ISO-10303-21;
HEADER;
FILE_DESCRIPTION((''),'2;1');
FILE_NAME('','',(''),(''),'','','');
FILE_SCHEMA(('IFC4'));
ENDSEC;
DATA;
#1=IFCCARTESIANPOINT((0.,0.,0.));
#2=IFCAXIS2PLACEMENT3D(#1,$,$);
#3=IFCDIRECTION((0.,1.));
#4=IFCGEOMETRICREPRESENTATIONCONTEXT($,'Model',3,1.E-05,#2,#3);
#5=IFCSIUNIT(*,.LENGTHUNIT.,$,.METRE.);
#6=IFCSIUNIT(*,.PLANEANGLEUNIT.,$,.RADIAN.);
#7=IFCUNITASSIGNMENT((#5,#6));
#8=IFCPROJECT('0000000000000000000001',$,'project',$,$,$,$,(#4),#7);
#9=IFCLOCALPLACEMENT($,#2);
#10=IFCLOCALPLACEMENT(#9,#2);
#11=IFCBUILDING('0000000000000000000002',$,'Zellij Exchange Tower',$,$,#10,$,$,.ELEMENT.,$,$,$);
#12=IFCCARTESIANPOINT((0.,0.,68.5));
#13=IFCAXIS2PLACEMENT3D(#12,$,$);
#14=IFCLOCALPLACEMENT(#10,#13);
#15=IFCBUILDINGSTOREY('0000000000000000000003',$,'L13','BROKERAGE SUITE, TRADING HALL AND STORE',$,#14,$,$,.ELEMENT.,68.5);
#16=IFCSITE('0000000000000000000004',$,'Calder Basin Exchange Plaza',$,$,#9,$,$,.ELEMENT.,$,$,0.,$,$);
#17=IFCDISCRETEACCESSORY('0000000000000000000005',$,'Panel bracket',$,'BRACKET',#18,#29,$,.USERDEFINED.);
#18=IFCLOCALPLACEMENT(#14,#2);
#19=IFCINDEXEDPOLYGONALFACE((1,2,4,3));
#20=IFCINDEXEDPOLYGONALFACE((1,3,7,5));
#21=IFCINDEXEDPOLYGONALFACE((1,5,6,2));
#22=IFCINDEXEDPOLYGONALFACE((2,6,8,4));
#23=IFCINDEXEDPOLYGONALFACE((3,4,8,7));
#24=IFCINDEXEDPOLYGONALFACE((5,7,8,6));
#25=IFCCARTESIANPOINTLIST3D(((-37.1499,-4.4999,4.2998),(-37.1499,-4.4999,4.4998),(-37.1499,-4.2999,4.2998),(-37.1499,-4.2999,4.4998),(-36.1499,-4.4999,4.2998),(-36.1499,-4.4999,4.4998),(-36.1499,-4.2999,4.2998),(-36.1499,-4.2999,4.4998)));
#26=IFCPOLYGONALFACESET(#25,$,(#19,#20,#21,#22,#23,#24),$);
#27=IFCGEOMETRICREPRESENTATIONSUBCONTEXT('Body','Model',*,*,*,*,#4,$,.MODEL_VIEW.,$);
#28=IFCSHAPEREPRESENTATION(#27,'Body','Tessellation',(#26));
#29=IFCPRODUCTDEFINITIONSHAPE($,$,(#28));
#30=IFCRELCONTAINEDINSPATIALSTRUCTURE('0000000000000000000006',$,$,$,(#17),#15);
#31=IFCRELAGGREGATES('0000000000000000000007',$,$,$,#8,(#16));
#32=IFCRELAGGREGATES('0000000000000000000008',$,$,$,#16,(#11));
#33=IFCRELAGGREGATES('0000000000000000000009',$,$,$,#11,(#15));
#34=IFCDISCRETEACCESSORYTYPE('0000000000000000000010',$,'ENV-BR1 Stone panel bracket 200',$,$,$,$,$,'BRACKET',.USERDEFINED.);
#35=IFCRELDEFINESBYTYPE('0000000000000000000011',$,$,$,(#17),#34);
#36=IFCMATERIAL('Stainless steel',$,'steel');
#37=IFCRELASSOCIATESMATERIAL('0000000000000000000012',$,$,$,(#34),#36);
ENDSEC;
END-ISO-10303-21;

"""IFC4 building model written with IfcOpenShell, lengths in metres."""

from ifc_helpers import new_model, si_unit, direction, frame, origin, origin_2d, place, context, subcontext, project, spatial, rectangle, extrude, material, type_object, element, save


model = new_model("IFC4")

# Units and contexts
model_context = context("Model", 3, precision=1e-05, world=origin(), true_north=direction((0.0, 1.0)))
body_context = subcontext(model_context, "Body", "Model", "MODEL_VIEW")
ifc_project = project(units=[si_unit("LENGTHUNIT", "METRE"), si_unit("PLANEANGLEUNIT", "RADIAN")], contexts=[model_context])

# Site, building, storey
site_placement = place(None, origin())
site = spatial("IfcSite", under=ifc_project, at=site_placement, Name="Calder Basin Exchange Plaza", CompositionType="ELEMENT", RefElevation=0.0)
building_placement = place(site_placement, origin())
building = spatial("IfcBuilding", under=site, at=building_placement, Name="Zellij Exchange Tower", CompositionType="ELEMENT")
storey_placement = place(building_placement, frame((0.0, 0.0, 68.5)))
storey = spatial("IfcBuildingStorey", under=building, at=storey_placement, Name="L13", Description="BROKERAGE SUITE, TRADING HALL AND STORE", CompositionType="ELEMENT", Elevation=68.5)

# Discrete accessory
ifc_material_1 = material(Name="Stainless steel", Category="steel")
discrete_accessory_type = type_object("IfcDiscreteAccessoryType", Name="ENV-BR1 Stone panel bracket 200", ElementType="BRACKET", PredefinedType="USERDEFINED", material=ifc_material_1)
for number, where, z_axis, x_axis, name in (
    (1, (-36.6499, -4.3999, 4.2998), (0.0, 0.0, 1.0), (0.0, -1.0, 0.0), "Panel bracket"),
):
    element("IfcDiscreteAccessory", number, at=place(storey_placement, frame(where, z_axis=z_axis, x_axis=x_axis)), inside=storey, type_object=discrete_accessory_type, Name=name, ObjectType="BRACKET", PredefinedType="USERDEFINED", context=body_context, shape_type="SweptSolid", body=[
        extrude(rectangle(XDim=0.2, YDim=1.0, at=origin_2d()), origin(), (0.0, 0.0, 1.0), 0.2),
    ])

save(model, "model.ifc")
